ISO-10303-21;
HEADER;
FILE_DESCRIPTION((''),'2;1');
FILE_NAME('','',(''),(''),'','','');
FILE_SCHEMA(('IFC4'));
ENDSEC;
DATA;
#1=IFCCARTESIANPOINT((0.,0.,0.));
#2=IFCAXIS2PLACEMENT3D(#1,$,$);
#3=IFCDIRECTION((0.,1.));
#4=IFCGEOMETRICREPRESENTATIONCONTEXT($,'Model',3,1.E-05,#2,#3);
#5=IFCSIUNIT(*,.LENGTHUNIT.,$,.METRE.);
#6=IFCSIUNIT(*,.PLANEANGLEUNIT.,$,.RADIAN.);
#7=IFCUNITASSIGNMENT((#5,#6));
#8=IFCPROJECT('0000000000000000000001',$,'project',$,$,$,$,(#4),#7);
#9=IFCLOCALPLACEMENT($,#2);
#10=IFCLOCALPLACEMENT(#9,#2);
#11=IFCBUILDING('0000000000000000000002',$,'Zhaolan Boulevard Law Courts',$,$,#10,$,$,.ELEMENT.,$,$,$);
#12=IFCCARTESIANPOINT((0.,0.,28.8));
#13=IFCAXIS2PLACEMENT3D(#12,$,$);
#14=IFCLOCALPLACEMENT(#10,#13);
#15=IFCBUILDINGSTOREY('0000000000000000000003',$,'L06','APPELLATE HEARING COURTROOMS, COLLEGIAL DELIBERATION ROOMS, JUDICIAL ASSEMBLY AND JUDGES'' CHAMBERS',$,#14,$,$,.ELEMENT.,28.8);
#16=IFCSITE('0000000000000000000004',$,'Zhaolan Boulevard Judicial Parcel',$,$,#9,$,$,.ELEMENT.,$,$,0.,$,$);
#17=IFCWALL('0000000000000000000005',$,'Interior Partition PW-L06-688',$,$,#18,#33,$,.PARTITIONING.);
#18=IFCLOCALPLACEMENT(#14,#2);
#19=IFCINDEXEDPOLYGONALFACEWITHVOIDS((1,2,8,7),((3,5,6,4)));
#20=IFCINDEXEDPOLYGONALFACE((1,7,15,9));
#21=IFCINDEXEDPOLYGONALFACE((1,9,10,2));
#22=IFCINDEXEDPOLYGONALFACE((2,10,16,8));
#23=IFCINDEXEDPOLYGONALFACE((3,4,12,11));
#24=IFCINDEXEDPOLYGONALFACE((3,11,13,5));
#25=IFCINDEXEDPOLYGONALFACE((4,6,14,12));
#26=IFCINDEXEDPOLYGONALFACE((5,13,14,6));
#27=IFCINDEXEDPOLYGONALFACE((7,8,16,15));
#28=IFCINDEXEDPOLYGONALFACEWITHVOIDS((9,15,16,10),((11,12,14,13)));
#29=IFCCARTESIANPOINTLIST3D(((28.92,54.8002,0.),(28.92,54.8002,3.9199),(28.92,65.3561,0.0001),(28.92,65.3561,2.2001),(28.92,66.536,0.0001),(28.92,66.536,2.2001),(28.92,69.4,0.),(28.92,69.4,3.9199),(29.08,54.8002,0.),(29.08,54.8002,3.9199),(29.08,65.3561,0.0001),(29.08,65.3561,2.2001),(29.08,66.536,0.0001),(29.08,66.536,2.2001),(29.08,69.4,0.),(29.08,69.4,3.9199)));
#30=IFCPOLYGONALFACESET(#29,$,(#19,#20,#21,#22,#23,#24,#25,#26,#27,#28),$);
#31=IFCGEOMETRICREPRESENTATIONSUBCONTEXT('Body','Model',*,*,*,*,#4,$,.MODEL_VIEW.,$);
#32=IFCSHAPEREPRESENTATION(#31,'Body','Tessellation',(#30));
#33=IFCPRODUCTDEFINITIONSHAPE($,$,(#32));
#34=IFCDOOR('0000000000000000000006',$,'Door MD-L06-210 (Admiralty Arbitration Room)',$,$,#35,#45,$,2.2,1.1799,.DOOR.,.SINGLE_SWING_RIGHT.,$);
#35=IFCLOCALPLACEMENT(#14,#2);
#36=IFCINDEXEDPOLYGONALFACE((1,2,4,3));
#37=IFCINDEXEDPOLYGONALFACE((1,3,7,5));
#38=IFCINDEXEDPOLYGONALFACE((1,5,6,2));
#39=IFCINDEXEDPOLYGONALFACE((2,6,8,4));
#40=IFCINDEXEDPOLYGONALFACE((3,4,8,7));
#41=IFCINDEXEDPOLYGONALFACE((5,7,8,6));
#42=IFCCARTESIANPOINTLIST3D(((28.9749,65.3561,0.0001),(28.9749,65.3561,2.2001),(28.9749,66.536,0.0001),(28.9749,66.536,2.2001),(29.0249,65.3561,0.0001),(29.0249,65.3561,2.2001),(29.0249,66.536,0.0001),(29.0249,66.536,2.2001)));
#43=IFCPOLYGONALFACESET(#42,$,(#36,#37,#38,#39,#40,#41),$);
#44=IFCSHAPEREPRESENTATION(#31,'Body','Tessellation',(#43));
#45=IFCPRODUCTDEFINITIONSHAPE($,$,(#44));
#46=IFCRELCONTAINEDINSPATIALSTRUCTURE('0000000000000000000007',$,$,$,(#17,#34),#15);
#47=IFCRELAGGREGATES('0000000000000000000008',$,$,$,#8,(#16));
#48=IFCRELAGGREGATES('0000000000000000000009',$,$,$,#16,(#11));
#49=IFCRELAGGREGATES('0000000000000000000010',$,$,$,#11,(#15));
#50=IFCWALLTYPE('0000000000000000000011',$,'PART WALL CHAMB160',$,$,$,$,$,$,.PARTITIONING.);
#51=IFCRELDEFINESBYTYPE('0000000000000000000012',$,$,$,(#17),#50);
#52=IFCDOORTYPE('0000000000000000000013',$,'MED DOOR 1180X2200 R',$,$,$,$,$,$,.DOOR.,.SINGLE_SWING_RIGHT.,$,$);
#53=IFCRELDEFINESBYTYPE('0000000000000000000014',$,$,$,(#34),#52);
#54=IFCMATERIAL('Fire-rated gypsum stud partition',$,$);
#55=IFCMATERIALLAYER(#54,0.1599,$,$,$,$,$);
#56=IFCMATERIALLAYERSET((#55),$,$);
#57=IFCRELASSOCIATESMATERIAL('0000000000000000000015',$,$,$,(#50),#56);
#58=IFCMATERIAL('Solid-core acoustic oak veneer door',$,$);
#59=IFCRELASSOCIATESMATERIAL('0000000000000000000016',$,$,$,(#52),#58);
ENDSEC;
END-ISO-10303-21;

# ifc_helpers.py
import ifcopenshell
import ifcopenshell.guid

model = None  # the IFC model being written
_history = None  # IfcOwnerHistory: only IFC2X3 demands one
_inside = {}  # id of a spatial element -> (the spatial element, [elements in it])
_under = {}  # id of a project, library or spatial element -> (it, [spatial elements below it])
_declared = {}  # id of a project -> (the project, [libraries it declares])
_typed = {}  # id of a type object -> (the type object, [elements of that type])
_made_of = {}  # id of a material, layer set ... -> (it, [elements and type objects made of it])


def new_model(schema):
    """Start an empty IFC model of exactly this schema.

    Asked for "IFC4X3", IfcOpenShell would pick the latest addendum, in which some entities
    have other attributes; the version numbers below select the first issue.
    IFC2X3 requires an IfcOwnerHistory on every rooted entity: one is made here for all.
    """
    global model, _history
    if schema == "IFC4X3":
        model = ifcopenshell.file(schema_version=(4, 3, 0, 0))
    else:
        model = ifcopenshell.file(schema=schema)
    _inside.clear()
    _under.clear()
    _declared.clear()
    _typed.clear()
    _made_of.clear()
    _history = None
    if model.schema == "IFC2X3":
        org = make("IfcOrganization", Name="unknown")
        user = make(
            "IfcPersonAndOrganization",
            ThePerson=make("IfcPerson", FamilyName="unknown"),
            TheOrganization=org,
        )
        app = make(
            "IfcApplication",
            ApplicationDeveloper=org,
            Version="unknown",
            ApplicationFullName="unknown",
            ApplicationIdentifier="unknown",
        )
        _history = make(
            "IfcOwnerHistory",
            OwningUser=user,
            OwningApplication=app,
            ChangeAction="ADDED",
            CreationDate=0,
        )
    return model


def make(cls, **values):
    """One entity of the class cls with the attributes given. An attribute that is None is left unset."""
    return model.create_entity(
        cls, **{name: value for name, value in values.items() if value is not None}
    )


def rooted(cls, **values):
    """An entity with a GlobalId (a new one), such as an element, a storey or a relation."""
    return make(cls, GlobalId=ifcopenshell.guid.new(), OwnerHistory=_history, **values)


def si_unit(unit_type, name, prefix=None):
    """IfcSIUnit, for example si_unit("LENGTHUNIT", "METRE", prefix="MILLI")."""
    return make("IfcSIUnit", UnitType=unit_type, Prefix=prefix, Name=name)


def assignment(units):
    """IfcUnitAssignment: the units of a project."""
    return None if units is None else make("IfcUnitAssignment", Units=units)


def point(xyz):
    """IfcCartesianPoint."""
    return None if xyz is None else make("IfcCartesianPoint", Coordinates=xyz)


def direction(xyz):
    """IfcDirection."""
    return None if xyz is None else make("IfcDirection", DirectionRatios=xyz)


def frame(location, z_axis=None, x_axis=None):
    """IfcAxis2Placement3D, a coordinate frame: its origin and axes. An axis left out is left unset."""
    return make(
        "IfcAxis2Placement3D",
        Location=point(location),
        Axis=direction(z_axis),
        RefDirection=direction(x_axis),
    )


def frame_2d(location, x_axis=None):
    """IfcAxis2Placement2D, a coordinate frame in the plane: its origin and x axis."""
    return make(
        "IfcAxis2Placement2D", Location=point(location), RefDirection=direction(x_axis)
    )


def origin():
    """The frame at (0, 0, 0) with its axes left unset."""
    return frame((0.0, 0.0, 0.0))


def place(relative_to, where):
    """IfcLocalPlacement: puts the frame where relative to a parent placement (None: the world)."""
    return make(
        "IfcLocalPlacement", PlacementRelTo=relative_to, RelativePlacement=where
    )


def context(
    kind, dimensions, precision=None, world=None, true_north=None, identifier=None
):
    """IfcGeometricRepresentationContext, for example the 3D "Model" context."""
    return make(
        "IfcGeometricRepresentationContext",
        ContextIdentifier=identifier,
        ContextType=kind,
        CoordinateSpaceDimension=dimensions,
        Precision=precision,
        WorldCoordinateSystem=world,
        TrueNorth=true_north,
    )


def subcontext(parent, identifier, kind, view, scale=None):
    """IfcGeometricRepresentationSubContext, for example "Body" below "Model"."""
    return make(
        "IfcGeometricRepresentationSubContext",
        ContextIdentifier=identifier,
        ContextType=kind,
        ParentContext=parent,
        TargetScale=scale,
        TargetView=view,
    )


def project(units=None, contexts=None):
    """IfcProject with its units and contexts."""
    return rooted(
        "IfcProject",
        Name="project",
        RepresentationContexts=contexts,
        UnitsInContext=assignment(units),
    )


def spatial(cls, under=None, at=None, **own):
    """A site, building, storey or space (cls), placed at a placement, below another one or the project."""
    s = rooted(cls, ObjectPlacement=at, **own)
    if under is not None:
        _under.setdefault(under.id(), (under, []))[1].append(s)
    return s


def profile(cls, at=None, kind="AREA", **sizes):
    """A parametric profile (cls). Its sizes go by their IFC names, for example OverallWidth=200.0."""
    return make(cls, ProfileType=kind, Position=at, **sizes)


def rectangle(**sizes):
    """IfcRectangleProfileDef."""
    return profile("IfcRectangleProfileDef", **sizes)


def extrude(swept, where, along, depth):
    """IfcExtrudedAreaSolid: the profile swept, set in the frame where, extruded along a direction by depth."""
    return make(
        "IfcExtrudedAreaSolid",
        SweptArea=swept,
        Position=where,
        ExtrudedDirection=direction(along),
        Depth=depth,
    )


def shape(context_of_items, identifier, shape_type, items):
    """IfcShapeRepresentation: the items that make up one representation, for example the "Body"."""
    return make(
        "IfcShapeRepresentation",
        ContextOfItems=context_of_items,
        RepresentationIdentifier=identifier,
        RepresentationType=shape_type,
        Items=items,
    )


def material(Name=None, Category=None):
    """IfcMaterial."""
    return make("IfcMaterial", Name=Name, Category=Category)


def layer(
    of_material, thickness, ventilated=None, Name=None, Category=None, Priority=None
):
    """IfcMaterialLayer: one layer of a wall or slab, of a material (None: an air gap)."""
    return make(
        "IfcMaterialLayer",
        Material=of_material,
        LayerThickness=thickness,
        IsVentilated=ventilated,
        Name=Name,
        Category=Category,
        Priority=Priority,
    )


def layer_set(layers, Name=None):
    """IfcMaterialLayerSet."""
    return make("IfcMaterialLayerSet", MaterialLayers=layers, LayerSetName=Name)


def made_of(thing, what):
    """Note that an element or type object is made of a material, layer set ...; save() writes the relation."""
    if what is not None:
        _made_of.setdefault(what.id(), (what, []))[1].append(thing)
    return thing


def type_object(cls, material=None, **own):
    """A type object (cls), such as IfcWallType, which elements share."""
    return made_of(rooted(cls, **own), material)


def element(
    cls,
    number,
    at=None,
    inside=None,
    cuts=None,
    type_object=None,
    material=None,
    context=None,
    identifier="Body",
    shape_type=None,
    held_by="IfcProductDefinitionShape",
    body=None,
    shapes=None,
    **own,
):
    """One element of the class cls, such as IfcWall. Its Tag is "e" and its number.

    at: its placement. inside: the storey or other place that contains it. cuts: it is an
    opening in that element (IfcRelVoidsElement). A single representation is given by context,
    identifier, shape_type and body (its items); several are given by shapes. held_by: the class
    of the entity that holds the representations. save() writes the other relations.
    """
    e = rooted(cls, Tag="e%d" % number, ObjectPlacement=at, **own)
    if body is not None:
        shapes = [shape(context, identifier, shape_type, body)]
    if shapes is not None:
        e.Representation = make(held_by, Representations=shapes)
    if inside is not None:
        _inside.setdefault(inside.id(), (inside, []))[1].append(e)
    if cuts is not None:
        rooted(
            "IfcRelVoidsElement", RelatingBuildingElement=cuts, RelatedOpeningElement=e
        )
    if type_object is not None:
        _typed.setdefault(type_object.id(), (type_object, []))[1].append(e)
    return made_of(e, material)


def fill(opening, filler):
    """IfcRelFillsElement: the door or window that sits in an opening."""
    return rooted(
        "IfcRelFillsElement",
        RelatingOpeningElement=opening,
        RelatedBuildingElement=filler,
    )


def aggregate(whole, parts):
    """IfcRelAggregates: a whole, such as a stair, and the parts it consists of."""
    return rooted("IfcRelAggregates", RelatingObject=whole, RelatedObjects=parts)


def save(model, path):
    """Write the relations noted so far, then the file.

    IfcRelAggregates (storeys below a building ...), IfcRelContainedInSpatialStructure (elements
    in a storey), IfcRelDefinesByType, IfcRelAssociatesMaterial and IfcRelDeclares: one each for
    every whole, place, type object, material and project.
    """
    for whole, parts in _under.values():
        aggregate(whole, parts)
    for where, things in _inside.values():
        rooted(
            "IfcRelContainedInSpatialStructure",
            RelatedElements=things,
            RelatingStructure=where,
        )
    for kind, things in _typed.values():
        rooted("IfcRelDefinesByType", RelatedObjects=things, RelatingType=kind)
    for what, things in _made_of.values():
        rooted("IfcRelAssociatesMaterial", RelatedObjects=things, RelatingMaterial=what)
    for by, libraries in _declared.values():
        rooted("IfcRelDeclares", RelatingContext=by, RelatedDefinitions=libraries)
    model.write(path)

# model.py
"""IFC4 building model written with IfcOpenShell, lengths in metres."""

from ifc_helpers import new_model, si_unit, direction, frame, frame_2d, origin, place, context, subcontext, project, spatial, rectangle, extrude, material, layer, layer_set, type_object, element, fill, save


model = new_model("IFC4")

# Units and contexts
model_context = context("Model", 3, precision=1e-05, world=origin(), true_north=direction((0.0, 1.0)))
body_context = subcontext(model_context, "Body", "Model", "MODEL_VIEW")
ifc_project = project(units=[si_unit("LENGTHUNIT", "METRE"), si_unit("PLANEANGLEUNIT", "RADIAN")], contexts=[model_context])

# Site, building, storey
site_placement = place(None, origin())
site = spatial("IfcSite", under=ifc_project, at=site_placement, Name="Zhaolan Boulevard Judicial Parcel", CompositionType="ELEMENT", RefElevation=0.0)
building_placement = place(site_placement, origin())
building = spatial("IfcBuilding", under=site, at=building_placement, Name="Zhaolan Boulevard Law Courts", CompositionType="ELEMENT")
storey_placement = place(building_placement, frame((0.0, 0.0, 28.8)))
storey = spatial("IfcBuildingStorey", under=building, at=storey_placement, Name="L06", Description="APPELLATE HEARING COURTROOMS, COLLEGIAL DELIBERATION ROOMS, JUDICIAL ASSEMBLY AND JUDGES' CHAMBERS", CompositionType="ELEMENT", Elevation=28.8)

# Shared definitions
ifc_material_1 = material(Name="Fire-rated gypsum stud partition")
ifc_layer_1 = layer(ifc_material_1, 0.1599)
ifc_layer_set_1 = layer_set([ifc_layer_1])
wall_type_1 = type_object("IfcWallType", Name="PART WALL CHAMB160", PredefinedType="PARTITIONING", material=ifc_layer_set_1)

# Wall, opening, door
wall_1_placement = place(storey_placement, frame((29.0, 69.3999, 0.0), z_axis=(0.0, 0.0, 1.0), x_axis=(0.0, -1.0, 0.0)))
wall_1 = element("IfcWall", 1, at=wall_1_placement, inside=storey, type_object=wall_type_1, Name="Interior Partition PW-L06-688", PredefinedType="PARTITIONING", context=body_context, shape_type="SweptSolid", body=[
    extrude(rectangle(XDim=14.5999, YDim=0.1599, at=frame_2d((7.2998, 0.0))), origin(), (0.0, 0.0, 1.0), 3.9199),
])
opening_1_placement = place(wall_1_placement, frame((2.864, 0.0, 0.0)))
opening_1 = element("IfcOpeningElement", 2, at=opening_1_placement, cuts=wall_1, PredefinedType="OPENING", context=body_context, shape_type="SweptSolid", body=[
    extrude(rectangle(XDim=1.1799, YDim=2.2, at=frame_2d((0.5898, 1.1001))), frame((0.0, 0.0898, 0.0), z_axis=(0.0, -1.0, 0.0), x_axis=(1.0, 0.0, 0.0)), (0.0, 0.0, 1.0), 0.1799),
])
ifc_material_2 = material(Name="Solid-core acoustic oak veneer door")
door_type = type_object("IfcDoorType", Name="MED DOOR 1180X2200 R", OperationType="SINGLE_SWING_RIGHT", PredefinedType="DOOR", material=ifc_material_2)
door_placement = place(opening_1_placement, origin())
door = element("IfcDoor", 3, at=door_placement, inside=storey, type_object=door_type, Name="Door MD-L06-210 (Admiralty Arbitration Room)", OperationType="SINGLE_SWING_RIGHT", OverallHeight=2.2, OverallWidth=1.1799, PredefinedType="DOOR", context=body_context, shape_type="SweptSolid", body=[
    extrude(rectangle(XDim=1.1799, YDim=2.2, at=frame_2d((0.5898, 1.1001))), frame((0.0, 0.0249, 0.0), z_axis=(0.0, -1.0, 0.0), x_axis=(1.0, 0.0, 0.0)), (0.0, 0.0, 1.0), 0.05),
])
fill(opening_1, door)

save(model, "model.ifc")
